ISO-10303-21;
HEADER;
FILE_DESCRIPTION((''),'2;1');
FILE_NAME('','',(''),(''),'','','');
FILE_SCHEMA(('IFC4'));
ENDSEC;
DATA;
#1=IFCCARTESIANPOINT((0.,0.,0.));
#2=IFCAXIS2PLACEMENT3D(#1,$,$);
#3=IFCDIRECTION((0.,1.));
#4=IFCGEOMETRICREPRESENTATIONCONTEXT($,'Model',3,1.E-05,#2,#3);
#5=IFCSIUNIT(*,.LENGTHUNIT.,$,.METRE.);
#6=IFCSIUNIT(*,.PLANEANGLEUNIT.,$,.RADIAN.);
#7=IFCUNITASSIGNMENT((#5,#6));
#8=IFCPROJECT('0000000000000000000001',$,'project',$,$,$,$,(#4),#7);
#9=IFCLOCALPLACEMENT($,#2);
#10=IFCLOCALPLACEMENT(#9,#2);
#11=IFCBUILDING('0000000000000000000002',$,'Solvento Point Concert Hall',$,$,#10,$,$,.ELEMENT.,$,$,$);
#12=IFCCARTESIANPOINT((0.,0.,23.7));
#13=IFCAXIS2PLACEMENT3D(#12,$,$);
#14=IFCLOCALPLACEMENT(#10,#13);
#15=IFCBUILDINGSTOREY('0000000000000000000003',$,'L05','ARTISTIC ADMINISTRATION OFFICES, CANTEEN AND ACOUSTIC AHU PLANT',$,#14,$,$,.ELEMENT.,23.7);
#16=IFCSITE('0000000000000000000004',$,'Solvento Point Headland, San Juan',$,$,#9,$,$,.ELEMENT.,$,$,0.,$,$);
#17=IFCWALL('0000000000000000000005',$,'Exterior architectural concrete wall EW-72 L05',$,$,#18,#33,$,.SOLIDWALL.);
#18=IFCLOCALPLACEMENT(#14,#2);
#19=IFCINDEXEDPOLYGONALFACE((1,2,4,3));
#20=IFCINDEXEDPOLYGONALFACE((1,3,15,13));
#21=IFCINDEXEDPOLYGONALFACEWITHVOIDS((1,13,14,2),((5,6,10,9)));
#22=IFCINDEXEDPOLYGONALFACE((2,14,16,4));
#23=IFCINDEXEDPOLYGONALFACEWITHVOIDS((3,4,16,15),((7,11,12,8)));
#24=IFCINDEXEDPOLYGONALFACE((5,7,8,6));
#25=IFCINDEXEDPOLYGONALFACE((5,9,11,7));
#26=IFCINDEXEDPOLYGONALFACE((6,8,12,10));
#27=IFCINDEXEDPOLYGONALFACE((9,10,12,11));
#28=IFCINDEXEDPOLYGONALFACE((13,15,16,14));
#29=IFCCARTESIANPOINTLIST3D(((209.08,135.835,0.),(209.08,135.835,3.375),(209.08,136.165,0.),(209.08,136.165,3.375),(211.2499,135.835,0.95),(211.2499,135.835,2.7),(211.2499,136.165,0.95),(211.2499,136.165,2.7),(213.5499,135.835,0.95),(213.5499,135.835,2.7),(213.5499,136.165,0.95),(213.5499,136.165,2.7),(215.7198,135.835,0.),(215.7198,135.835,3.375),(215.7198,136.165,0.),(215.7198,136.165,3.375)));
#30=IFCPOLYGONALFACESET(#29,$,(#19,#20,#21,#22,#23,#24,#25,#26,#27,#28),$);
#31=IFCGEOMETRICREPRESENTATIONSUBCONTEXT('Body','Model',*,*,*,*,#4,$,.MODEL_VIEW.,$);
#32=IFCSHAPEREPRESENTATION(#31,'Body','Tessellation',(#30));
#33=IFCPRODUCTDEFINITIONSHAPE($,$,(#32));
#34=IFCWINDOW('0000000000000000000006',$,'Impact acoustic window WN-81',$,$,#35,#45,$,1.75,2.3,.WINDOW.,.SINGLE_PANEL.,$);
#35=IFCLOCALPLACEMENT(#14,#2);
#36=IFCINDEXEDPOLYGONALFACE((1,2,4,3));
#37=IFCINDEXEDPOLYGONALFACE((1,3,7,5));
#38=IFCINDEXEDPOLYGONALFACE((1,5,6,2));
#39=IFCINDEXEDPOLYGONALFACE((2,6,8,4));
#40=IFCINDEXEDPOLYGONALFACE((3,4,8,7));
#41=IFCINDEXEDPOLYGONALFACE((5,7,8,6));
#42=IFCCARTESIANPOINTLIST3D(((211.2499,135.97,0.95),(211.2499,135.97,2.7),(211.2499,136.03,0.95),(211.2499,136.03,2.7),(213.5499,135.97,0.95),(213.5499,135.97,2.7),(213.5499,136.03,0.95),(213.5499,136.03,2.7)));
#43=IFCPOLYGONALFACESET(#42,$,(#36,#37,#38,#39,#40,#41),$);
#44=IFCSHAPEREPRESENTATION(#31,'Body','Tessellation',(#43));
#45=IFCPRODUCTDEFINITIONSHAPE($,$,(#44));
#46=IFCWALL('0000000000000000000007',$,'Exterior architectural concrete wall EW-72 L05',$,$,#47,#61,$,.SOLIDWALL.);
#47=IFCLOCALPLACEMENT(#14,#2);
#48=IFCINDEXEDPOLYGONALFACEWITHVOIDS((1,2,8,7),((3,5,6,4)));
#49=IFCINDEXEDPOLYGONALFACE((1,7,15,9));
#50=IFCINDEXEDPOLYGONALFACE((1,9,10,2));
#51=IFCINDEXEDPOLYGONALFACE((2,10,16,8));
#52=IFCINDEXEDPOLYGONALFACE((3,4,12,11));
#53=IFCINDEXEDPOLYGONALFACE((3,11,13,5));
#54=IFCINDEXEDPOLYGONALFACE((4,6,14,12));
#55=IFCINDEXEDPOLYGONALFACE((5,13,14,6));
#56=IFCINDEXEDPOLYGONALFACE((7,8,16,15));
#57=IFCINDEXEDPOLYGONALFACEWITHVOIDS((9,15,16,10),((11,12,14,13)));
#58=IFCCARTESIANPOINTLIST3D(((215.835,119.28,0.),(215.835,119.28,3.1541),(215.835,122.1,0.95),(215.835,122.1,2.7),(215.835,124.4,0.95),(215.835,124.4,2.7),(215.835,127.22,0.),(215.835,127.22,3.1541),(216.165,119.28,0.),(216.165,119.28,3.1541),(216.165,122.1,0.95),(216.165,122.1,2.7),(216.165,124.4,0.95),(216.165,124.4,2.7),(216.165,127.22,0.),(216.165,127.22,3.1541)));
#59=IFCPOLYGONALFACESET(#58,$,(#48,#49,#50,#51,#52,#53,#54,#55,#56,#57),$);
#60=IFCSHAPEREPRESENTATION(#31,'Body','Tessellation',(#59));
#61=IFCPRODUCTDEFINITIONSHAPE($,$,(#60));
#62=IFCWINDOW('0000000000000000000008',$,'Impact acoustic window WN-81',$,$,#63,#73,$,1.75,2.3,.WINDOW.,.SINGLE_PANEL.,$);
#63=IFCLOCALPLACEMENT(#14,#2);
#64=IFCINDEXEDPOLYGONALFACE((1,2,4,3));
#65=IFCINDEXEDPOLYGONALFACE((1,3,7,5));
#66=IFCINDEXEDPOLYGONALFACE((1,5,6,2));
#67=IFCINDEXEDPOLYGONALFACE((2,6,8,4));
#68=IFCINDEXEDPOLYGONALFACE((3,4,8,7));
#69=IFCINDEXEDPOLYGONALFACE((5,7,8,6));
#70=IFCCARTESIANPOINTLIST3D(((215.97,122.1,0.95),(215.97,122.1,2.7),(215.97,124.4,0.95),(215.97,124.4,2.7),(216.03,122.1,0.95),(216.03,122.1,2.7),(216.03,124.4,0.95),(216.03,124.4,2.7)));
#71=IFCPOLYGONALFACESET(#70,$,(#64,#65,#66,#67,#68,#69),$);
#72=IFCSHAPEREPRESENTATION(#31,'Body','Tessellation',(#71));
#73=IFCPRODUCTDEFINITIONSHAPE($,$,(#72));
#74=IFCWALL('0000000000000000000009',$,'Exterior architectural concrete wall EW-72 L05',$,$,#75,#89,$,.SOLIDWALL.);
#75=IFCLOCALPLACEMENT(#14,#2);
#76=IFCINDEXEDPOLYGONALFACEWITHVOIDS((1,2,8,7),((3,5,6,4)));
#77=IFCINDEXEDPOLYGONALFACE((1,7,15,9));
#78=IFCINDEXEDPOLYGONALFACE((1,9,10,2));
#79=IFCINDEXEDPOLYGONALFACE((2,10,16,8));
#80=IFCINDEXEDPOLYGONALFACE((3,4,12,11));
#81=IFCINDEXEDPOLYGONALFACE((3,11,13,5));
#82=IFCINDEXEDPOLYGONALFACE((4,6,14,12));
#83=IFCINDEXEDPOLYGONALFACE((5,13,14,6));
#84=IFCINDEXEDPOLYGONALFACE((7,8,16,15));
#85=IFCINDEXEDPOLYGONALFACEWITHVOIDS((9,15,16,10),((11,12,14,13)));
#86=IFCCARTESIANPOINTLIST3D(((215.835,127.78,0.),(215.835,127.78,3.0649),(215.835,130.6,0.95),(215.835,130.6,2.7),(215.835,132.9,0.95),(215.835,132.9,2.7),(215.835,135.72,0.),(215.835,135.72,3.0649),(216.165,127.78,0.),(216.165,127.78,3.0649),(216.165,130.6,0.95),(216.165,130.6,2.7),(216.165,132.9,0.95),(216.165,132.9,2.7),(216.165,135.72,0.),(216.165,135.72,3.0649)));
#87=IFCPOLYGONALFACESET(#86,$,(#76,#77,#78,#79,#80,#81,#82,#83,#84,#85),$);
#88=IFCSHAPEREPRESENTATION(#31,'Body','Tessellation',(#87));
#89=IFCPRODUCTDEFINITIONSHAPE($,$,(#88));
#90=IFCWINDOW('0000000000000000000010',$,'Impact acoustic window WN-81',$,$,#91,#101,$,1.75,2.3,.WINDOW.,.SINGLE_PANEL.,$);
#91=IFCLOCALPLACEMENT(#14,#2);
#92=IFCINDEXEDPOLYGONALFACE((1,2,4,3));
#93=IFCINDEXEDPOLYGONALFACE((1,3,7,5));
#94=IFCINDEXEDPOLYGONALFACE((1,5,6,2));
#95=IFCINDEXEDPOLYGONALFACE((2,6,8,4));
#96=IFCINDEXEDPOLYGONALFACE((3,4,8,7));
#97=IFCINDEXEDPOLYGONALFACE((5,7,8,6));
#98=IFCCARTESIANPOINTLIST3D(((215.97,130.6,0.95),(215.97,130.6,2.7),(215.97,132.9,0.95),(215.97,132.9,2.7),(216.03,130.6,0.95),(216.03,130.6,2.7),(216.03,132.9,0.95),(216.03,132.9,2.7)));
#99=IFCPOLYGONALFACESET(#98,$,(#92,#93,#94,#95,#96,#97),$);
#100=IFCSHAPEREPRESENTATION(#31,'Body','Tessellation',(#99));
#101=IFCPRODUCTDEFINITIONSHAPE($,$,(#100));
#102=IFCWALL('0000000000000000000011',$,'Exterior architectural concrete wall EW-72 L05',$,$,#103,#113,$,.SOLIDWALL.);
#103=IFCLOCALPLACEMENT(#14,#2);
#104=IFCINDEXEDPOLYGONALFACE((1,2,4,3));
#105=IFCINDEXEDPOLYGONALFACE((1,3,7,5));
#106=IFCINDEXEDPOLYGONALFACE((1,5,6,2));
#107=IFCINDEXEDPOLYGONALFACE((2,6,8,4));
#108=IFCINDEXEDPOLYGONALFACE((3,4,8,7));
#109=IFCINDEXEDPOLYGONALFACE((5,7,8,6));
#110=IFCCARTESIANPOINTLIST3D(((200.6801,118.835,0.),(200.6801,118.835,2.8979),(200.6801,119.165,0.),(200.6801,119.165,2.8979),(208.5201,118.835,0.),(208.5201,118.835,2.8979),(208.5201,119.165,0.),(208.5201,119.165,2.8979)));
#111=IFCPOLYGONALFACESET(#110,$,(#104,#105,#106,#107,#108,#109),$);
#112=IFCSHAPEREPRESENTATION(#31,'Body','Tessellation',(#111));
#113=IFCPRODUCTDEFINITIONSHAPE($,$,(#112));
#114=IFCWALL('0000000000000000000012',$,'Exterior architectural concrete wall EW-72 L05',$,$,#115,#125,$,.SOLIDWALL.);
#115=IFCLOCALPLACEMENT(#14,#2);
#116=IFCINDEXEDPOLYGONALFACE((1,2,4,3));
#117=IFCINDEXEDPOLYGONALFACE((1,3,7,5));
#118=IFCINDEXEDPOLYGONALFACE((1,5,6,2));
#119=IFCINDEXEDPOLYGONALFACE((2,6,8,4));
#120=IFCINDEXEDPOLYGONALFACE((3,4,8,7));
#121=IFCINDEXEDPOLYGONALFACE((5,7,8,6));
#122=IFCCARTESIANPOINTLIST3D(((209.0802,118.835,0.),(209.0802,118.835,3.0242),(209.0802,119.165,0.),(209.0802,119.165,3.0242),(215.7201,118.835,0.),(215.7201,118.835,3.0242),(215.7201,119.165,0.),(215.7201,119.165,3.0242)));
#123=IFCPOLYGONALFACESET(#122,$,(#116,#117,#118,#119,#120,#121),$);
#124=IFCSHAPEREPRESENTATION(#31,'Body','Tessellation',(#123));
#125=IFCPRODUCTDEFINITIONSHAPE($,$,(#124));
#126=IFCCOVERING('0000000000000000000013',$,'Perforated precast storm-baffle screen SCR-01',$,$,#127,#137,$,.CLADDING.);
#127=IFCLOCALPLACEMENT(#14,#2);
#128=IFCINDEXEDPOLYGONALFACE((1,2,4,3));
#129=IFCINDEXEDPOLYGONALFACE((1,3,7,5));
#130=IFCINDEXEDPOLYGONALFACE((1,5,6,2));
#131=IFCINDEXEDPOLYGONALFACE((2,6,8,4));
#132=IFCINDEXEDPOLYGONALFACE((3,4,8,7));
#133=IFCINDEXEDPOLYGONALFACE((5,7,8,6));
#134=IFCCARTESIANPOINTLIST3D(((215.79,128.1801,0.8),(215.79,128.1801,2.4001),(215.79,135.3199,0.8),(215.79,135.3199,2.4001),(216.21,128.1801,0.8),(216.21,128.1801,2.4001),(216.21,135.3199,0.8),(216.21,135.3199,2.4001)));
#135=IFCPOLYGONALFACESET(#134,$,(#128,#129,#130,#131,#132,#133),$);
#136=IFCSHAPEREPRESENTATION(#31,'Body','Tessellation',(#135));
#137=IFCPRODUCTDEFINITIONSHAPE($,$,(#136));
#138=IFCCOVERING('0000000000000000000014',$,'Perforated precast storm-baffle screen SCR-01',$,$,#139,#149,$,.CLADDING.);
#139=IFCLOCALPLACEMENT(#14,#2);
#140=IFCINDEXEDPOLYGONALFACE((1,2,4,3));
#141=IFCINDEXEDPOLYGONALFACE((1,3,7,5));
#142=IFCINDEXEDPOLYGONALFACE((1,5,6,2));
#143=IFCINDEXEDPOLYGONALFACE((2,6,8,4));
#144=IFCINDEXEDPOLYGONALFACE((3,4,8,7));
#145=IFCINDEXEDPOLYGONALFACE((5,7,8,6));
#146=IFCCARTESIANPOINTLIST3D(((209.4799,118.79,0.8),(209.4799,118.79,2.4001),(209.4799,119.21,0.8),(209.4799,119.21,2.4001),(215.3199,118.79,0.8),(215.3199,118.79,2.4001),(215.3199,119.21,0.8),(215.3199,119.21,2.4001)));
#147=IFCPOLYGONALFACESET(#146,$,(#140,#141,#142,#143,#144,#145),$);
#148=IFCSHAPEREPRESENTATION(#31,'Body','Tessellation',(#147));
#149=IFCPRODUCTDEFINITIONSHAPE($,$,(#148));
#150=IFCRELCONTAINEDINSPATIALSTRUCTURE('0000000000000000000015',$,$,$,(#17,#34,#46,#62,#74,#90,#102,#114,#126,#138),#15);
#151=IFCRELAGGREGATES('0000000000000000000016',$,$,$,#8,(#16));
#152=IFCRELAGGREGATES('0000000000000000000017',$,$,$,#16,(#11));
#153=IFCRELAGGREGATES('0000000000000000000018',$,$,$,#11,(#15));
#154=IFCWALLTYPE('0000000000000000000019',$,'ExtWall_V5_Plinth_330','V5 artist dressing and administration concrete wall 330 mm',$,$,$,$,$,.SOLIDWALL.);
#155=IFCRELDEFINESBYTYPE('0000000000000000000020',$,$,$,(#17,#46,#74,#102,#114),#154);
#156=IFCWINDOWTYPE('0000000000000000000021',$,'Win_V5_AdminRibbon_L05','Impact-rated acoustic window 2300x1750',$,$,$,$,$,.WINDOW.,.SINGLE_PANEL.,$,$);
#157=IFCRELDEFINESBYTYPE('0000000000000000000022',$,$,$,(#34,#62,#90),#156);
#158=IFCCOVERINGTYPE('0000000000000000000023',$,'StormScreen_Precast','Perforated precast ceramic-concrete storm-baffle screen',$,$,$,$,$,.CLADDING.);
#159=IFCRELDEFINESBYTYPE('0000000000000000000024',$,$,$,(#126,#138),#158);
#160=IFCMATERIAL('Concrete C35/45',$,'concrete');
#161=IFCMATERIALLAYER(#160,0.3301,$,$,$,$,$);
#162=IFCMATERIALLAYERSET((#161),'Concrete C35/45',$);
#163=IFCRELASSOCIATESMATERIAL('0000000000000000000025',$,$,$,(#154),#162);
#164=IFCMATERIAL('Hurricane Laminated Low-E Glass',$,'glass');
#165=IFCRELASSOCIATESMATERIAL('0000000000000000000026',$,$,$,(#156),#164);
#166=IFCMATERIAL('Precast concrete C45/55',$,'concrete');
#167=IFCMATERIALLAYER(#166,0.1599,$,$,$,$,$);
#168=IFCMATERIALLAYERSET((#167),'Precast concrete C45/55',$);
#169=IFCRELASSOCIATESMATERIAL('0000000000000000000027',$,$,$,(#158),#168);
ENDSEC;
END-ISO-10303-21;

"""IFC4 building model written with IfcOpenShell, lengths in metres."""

from ifc_helpers import new_model, si_unit, direction, frame, frame_2d, origin, origin_2d, place, context, subcontext, project, spatial, rectangle, extrude, material, layer, layer_set, type_object, element, fill, save


model = new_model("IFC4")

# Units and contexts
model_context = context("Model", 3, precision=1e-05, world=origin(), true_north=direction((0.0, 1.0)))
body_context = subcontext(model_context, "Body", "Model", "MODEL_VIEW")
ifc_project = project(units=[si_unit("LENGTHUNIT", "METRE"), si_unit("PLANEANGLEUNIT", "RADIAN")], contexts=[model_context])

# Site, building, storey
site_placement = place(None, origin())
site = spatial("IfcSite", under=ifc_project, at=site_placement, Name="Solvento Point Headland, San Juan", CompositionType="ELEMENT", RefElevation=0.0)
building_placement = place(site_placement, origin())
building = spatial("IfcBuilding", under=site, at=building_placement, Name="Solvento Point Concert Hall", CompositionType="ELEMENT")
storey_placement = place(building_placement, frame((0.0, 0.0, 23.7)))
storey = spatial("IfcBuildingStorey", under=building, at=storey_placement, Name="L05", Description="ARTISTIC ADMINISTRATION OFFICES, CANTEEN AND ACOUSTIC AHU PLANT", CompositionType="ELEMENT", Elevation=23.7)

# Walls, openings, windows
ifc_material_1 = material(Name="Concrete C35/45", Category="concrete")
ifc_layer_1 = layer(ifc_material_1, 0.3301)
ifc_layer_set_1 = layer_set([ifc_layer_1], Name="Concrete C35/45")
wall_type_1 = type_object("IfcWallType", Name="ExtWall_V5_Plinth_330", Description="V5 artist dressing and administration concrete wall 330 mm", PredefinedType="SOLIDWALL", material=ifc_layer_set_1)
wall_1_placement = place(storey_placement, frame((209.0801, 136.0, 0.0), z_axis=(0.0, 0.0, 1.0), x_axis=(1.0, 0.0, 0.0)))
wall_1 = element("IfcWall", 1, at=wall_1_placement, inside=storey, type_object=wall_type_1, Name="Exterior architectural concrete wall EW-72 L05", PredefinedType="SOLIDWALL", context=body_context, shape_type="SweptSolid", body=[
    extrude(rectangle(XDim=6.6399, YDim=0.3301, at=frame_2d((3.3198, 0.0))), origin(), (0.0, 0.0, 1.0), 3.375),
])
opening_1_placement = place(wall_1_placement, frame((2.1699, 0.0, 0.95)))
opening_1 = element("IfcOpeningElement", 2, at=opening_1_placement, cuts=wall_1, PredefinedType="OPENING", context=body_context, shape_type="SweptSolid", body=[
    extrude(rectangle(XDim=2.3, YDim=1.75, at=frame_2d((1.1499, 0.875))), frame((0.0, 0.175, 0.0), z_axis=(0.0, -1.0, 0.0), x_axis=(1.0, 0.0, 0.0)), (0.0, 0.0, 1.0), 0.3501),
])
ifc_material_2 = material(Name="Hurricane Laminated Low-E Glass", Category="glass")
window_type = type_object("IfcWindowType", Name="Win_V5_AdminRibbon_L05", Description="Impact-rated acoustic window 2300x1750", PartitioningType="SINGLE_PANEL", PredefinedType="WINDOW", material=ifc_material_2)
window_1_placement = place(opening_1_placement, origin())
window_1 = element("IfcWindow", 3, at=window_1_placement, inside=storey, type_object=window_type, Name="Impact acoustic window WN-81", OverallHeight=1.75, OverallWidth=2.3, PartitioningType="SINGLE_PANEL", PredefinedType="WINDOW", context=body_context, shape_type="SweptSolid", body=[
    extrude(rectangle(XDim=2.3, YDim=1.75, at=frame_2d((1.1499, 0.875))), frame((0.0, 0.03, 0.0), z_axis=(0.0, -1.0, 0.0), x_axis=(1.0, 0.0, 0.0)), (0.0, 0.0, 1.0), 0.0601),
])
fill(opening_1, window_1)
wall_2_placement = place(storey_placement, frame((216.0, 127.22, 0.0), z_axis=(0.0, 0.0, 1.0), x_axis=(0.0, -1.0, 0.0)))
wall_2 = element("IfcWall", 4, at=wall_2_placement, inside=storey, type_object=wall_type_1, Name="Exterior architectural concrete wall EW-72 L05", PredefinedType="SOLIDWALL", context=body_context, shape_type="SweptSolid", body=[
    extrude(rectangle(XDim=7.9399, YDim=0.3301, at=frame_2d((3.97, 0.0))), origin(), (0.0, 0.0, 1.0), 3.1541),
])
opening_2_placement = place(wall_2_placement, frame((2.8201, 0.0, 0.95)))
opening_2 = element("IfcOpeningElement", 5, at=opening_2_placement, cuts=wall_2, PredefinedType="OPENING", context=body_context, shape_type="SweptSolid", body=[
    extrude(rectangle(XDim=2.3, YDim=1.75, at=frame_2d((1.1499, 0.875))), frame((0.0, 0.175, 0.0), z_axis=(0.0, -1.0, 0.0), x_axis=(1.0, 0.0, 0.0)), (0.0, 0.0, 1.0), 0.3501),
])
window_2_placement = place(opening_2_placement, origin())
window_2 = element("IfcWindow", 6, at=window_2_placement, inside=storey, type_object=window_type, Name="Impact acoustic window WN-81", OverallHeight=1.75, OverallWidth=2.3, PartitioningType="SINGLE_PANEL", PredefinedType="WINDOW", context=body_context, shape_type="SweptSolid", body=[
    extrude(rectangle(XDim=2.3, YDim=1.75, at=frame_2d((1.1499, 0.875))), frame((0.0, 0.03, 0.0), z_axis=(0.0, -1.0, 0.0), x_axis=(1.0, 0.0, 0.0)), (0.0, 0.0, 1.0), 0.0601),
])
fill(opening_2, window_2)
wall_3_placement = place(storey_placement, frame((216.0, 135.72, 0.0), z_axis=(0.0, 0.0, 1.0), x_axis=(0.0, -1.0, 0.0)))
wall_3 = element("IfcWall", 7, at=wall_3_placement, inside=storey, type_object=wall_type_1, Name="Exterior architectural concrete wall EW-72 L05", PredefinedType="SOLIDWALL", context=body_context, shape_type="SweptSolid", body=[
    extrude(rectangle(XDim=7.9399, YDim=0.3301, at=frame_2d((3.97, 0.0))), origin(), (0.0, 0.0, 1.0), 3.0649),
])
opening_3_placement = place(wall_3_placement, frame((2.8201, 0.0, 0.95)))
opening_3 = element("IfcOpeningElement", 8, at=opening_3_placement, cuts=wall_3, PredefinedType="OPENING", context=body_context, shape_type="SweptSolid", body=[
    extrude(rectangle(XDim=2.3, YDim=1.75, at=frame_2d((1.1499, 0.875))), frame((0.0, 0.175, 0.0), z_axis=(0.0, -1.0, 0.0), x_axis=(1.0, 0.0, 0.0)), (0.0, 0.0, 1.0), 0.3501),
])
window_3_placement = place(opening_3_placement, origin())
window_3 = element("IfcWindow", 9, at=window_3_placement, inside=storey, type_object=window_type, Name="Impact acoustic window WN-81", OverallHeight=1.75, OverallWidth=2.3, PartitioningType="SINGLE_PANEL", PredefinedType="WINDOW", context=body_context, shape_type="SweptSolid", body=[
    extrude(rectangle(XDim=2.3, YDim=1.75, at=frame_2d((1.1499, 0.875))), frame((0.0, 0.03, 0.0), z_axis=(0.0, -1.0, 0.0), x_axis=(1.0, 0.0, 0.0)), (0.0, 0.0, 1.0), 0.0601),
])
fill(opening_3, window_3)

# Walls
wall_4_placement = place(storey_placement, frame((208.52, 119.0, 0.0), z_axis=(0.0, 0.0, 1.0), x_axis=(-1.0, 0.0, 0.0)))
element("IfcWall", 10, at=wall_4_placement, inside=storey, type_object=wall_type_1, Name="Exterior architectural concrete wall EW-72 L05", PredefinedType="SOLIDWALL", context=body_context, shape_type="SweptSolid", body=[
    extrude(rectangle(XDim=7.8401, YDim=0.3301, at=frame_2d((3.9199, 0.0))), origin(), (0.0, 0.0, 1.0), 2.8979),
])
wall_5_placement = place(storey_placement, frame((215.72, 119.0, 0.0), z_axis=(0.0, 0.0, 1.0), x_axis=(-1.0, 0.0, 0.0)))
element("IfcWall", 11, at=wall_5_placement, inside=storey, type_object=wall_type_1, Name="Exterior architectural concrete wall EW-72 L05", PredefinedType="SOLIDWALL", context=body_context, shape_type="SweptSolid", body=[
    extrude(rectangle(XDim=6.6399, YDim=0.3301, at=frame_2d((3.3198, 0.0))), origin(), (0.0, 0.0, 1.0), 3.0242),
])

# Coverings
ifc_material_3 = material(Name="Precast concrete C45/55", Category="concrete")
ifc_layer_2 = layer(ifc_material_3, 0.1599)
ifc_layer_set_2 = layer_set([ifc_layer_2], Name="Precast concrete C45/55")
covering_type = type_object("IfcCoveringType", Name="StormScreen_Precast", Description="Perforated precast ceramic-concrete storm-baffle screen", PredefinedType="CLADDING", material=ifc_layer_set_2)
covering_1_placement = place(storey_placement, frame((216.0, 131.75, 0.8), z_axis=(0.0, 0.0, 1.0), x_axis=(0.0, -1.0, 0.0)))
element("IfcCovering", 12, at=covering_1_placement, inside=storey, type_object=covering_type, Name="Perforated precast storm-baffle screen SCR-01", PredefinedType="CLADDING", context=body_context, shape_type="SweptSolid", body=[
    extrude(rectangle(XDim=7.1399, YDim=0.4199, at=origin_2d()), origin(), (0.0, 0.0, 1.0), 1.6001),
])
covering_2_placement = place(storey_placement, frame((212.3999, 119.0, 0.8), z_axis=(0.0, 0.0, 1.0), x_axis=(-1.0, 0.0, 0.0)))
element("IfcCovering", 13, at=covering_2_placement, inside=storey, type_object=covering_type, Name="Perforated precast storm-baffle screen SCR-01", PredefinedType="CLADDING", context=body_context, shape_type="SweptSolid", body=[
    extrude(rectangle(XDim=5.8401, YDim=0.4199, at=origin_2d()), origin(), (0.0, 0.0, 1.0), 1.6001),
])

save(model, "model.ifc")
